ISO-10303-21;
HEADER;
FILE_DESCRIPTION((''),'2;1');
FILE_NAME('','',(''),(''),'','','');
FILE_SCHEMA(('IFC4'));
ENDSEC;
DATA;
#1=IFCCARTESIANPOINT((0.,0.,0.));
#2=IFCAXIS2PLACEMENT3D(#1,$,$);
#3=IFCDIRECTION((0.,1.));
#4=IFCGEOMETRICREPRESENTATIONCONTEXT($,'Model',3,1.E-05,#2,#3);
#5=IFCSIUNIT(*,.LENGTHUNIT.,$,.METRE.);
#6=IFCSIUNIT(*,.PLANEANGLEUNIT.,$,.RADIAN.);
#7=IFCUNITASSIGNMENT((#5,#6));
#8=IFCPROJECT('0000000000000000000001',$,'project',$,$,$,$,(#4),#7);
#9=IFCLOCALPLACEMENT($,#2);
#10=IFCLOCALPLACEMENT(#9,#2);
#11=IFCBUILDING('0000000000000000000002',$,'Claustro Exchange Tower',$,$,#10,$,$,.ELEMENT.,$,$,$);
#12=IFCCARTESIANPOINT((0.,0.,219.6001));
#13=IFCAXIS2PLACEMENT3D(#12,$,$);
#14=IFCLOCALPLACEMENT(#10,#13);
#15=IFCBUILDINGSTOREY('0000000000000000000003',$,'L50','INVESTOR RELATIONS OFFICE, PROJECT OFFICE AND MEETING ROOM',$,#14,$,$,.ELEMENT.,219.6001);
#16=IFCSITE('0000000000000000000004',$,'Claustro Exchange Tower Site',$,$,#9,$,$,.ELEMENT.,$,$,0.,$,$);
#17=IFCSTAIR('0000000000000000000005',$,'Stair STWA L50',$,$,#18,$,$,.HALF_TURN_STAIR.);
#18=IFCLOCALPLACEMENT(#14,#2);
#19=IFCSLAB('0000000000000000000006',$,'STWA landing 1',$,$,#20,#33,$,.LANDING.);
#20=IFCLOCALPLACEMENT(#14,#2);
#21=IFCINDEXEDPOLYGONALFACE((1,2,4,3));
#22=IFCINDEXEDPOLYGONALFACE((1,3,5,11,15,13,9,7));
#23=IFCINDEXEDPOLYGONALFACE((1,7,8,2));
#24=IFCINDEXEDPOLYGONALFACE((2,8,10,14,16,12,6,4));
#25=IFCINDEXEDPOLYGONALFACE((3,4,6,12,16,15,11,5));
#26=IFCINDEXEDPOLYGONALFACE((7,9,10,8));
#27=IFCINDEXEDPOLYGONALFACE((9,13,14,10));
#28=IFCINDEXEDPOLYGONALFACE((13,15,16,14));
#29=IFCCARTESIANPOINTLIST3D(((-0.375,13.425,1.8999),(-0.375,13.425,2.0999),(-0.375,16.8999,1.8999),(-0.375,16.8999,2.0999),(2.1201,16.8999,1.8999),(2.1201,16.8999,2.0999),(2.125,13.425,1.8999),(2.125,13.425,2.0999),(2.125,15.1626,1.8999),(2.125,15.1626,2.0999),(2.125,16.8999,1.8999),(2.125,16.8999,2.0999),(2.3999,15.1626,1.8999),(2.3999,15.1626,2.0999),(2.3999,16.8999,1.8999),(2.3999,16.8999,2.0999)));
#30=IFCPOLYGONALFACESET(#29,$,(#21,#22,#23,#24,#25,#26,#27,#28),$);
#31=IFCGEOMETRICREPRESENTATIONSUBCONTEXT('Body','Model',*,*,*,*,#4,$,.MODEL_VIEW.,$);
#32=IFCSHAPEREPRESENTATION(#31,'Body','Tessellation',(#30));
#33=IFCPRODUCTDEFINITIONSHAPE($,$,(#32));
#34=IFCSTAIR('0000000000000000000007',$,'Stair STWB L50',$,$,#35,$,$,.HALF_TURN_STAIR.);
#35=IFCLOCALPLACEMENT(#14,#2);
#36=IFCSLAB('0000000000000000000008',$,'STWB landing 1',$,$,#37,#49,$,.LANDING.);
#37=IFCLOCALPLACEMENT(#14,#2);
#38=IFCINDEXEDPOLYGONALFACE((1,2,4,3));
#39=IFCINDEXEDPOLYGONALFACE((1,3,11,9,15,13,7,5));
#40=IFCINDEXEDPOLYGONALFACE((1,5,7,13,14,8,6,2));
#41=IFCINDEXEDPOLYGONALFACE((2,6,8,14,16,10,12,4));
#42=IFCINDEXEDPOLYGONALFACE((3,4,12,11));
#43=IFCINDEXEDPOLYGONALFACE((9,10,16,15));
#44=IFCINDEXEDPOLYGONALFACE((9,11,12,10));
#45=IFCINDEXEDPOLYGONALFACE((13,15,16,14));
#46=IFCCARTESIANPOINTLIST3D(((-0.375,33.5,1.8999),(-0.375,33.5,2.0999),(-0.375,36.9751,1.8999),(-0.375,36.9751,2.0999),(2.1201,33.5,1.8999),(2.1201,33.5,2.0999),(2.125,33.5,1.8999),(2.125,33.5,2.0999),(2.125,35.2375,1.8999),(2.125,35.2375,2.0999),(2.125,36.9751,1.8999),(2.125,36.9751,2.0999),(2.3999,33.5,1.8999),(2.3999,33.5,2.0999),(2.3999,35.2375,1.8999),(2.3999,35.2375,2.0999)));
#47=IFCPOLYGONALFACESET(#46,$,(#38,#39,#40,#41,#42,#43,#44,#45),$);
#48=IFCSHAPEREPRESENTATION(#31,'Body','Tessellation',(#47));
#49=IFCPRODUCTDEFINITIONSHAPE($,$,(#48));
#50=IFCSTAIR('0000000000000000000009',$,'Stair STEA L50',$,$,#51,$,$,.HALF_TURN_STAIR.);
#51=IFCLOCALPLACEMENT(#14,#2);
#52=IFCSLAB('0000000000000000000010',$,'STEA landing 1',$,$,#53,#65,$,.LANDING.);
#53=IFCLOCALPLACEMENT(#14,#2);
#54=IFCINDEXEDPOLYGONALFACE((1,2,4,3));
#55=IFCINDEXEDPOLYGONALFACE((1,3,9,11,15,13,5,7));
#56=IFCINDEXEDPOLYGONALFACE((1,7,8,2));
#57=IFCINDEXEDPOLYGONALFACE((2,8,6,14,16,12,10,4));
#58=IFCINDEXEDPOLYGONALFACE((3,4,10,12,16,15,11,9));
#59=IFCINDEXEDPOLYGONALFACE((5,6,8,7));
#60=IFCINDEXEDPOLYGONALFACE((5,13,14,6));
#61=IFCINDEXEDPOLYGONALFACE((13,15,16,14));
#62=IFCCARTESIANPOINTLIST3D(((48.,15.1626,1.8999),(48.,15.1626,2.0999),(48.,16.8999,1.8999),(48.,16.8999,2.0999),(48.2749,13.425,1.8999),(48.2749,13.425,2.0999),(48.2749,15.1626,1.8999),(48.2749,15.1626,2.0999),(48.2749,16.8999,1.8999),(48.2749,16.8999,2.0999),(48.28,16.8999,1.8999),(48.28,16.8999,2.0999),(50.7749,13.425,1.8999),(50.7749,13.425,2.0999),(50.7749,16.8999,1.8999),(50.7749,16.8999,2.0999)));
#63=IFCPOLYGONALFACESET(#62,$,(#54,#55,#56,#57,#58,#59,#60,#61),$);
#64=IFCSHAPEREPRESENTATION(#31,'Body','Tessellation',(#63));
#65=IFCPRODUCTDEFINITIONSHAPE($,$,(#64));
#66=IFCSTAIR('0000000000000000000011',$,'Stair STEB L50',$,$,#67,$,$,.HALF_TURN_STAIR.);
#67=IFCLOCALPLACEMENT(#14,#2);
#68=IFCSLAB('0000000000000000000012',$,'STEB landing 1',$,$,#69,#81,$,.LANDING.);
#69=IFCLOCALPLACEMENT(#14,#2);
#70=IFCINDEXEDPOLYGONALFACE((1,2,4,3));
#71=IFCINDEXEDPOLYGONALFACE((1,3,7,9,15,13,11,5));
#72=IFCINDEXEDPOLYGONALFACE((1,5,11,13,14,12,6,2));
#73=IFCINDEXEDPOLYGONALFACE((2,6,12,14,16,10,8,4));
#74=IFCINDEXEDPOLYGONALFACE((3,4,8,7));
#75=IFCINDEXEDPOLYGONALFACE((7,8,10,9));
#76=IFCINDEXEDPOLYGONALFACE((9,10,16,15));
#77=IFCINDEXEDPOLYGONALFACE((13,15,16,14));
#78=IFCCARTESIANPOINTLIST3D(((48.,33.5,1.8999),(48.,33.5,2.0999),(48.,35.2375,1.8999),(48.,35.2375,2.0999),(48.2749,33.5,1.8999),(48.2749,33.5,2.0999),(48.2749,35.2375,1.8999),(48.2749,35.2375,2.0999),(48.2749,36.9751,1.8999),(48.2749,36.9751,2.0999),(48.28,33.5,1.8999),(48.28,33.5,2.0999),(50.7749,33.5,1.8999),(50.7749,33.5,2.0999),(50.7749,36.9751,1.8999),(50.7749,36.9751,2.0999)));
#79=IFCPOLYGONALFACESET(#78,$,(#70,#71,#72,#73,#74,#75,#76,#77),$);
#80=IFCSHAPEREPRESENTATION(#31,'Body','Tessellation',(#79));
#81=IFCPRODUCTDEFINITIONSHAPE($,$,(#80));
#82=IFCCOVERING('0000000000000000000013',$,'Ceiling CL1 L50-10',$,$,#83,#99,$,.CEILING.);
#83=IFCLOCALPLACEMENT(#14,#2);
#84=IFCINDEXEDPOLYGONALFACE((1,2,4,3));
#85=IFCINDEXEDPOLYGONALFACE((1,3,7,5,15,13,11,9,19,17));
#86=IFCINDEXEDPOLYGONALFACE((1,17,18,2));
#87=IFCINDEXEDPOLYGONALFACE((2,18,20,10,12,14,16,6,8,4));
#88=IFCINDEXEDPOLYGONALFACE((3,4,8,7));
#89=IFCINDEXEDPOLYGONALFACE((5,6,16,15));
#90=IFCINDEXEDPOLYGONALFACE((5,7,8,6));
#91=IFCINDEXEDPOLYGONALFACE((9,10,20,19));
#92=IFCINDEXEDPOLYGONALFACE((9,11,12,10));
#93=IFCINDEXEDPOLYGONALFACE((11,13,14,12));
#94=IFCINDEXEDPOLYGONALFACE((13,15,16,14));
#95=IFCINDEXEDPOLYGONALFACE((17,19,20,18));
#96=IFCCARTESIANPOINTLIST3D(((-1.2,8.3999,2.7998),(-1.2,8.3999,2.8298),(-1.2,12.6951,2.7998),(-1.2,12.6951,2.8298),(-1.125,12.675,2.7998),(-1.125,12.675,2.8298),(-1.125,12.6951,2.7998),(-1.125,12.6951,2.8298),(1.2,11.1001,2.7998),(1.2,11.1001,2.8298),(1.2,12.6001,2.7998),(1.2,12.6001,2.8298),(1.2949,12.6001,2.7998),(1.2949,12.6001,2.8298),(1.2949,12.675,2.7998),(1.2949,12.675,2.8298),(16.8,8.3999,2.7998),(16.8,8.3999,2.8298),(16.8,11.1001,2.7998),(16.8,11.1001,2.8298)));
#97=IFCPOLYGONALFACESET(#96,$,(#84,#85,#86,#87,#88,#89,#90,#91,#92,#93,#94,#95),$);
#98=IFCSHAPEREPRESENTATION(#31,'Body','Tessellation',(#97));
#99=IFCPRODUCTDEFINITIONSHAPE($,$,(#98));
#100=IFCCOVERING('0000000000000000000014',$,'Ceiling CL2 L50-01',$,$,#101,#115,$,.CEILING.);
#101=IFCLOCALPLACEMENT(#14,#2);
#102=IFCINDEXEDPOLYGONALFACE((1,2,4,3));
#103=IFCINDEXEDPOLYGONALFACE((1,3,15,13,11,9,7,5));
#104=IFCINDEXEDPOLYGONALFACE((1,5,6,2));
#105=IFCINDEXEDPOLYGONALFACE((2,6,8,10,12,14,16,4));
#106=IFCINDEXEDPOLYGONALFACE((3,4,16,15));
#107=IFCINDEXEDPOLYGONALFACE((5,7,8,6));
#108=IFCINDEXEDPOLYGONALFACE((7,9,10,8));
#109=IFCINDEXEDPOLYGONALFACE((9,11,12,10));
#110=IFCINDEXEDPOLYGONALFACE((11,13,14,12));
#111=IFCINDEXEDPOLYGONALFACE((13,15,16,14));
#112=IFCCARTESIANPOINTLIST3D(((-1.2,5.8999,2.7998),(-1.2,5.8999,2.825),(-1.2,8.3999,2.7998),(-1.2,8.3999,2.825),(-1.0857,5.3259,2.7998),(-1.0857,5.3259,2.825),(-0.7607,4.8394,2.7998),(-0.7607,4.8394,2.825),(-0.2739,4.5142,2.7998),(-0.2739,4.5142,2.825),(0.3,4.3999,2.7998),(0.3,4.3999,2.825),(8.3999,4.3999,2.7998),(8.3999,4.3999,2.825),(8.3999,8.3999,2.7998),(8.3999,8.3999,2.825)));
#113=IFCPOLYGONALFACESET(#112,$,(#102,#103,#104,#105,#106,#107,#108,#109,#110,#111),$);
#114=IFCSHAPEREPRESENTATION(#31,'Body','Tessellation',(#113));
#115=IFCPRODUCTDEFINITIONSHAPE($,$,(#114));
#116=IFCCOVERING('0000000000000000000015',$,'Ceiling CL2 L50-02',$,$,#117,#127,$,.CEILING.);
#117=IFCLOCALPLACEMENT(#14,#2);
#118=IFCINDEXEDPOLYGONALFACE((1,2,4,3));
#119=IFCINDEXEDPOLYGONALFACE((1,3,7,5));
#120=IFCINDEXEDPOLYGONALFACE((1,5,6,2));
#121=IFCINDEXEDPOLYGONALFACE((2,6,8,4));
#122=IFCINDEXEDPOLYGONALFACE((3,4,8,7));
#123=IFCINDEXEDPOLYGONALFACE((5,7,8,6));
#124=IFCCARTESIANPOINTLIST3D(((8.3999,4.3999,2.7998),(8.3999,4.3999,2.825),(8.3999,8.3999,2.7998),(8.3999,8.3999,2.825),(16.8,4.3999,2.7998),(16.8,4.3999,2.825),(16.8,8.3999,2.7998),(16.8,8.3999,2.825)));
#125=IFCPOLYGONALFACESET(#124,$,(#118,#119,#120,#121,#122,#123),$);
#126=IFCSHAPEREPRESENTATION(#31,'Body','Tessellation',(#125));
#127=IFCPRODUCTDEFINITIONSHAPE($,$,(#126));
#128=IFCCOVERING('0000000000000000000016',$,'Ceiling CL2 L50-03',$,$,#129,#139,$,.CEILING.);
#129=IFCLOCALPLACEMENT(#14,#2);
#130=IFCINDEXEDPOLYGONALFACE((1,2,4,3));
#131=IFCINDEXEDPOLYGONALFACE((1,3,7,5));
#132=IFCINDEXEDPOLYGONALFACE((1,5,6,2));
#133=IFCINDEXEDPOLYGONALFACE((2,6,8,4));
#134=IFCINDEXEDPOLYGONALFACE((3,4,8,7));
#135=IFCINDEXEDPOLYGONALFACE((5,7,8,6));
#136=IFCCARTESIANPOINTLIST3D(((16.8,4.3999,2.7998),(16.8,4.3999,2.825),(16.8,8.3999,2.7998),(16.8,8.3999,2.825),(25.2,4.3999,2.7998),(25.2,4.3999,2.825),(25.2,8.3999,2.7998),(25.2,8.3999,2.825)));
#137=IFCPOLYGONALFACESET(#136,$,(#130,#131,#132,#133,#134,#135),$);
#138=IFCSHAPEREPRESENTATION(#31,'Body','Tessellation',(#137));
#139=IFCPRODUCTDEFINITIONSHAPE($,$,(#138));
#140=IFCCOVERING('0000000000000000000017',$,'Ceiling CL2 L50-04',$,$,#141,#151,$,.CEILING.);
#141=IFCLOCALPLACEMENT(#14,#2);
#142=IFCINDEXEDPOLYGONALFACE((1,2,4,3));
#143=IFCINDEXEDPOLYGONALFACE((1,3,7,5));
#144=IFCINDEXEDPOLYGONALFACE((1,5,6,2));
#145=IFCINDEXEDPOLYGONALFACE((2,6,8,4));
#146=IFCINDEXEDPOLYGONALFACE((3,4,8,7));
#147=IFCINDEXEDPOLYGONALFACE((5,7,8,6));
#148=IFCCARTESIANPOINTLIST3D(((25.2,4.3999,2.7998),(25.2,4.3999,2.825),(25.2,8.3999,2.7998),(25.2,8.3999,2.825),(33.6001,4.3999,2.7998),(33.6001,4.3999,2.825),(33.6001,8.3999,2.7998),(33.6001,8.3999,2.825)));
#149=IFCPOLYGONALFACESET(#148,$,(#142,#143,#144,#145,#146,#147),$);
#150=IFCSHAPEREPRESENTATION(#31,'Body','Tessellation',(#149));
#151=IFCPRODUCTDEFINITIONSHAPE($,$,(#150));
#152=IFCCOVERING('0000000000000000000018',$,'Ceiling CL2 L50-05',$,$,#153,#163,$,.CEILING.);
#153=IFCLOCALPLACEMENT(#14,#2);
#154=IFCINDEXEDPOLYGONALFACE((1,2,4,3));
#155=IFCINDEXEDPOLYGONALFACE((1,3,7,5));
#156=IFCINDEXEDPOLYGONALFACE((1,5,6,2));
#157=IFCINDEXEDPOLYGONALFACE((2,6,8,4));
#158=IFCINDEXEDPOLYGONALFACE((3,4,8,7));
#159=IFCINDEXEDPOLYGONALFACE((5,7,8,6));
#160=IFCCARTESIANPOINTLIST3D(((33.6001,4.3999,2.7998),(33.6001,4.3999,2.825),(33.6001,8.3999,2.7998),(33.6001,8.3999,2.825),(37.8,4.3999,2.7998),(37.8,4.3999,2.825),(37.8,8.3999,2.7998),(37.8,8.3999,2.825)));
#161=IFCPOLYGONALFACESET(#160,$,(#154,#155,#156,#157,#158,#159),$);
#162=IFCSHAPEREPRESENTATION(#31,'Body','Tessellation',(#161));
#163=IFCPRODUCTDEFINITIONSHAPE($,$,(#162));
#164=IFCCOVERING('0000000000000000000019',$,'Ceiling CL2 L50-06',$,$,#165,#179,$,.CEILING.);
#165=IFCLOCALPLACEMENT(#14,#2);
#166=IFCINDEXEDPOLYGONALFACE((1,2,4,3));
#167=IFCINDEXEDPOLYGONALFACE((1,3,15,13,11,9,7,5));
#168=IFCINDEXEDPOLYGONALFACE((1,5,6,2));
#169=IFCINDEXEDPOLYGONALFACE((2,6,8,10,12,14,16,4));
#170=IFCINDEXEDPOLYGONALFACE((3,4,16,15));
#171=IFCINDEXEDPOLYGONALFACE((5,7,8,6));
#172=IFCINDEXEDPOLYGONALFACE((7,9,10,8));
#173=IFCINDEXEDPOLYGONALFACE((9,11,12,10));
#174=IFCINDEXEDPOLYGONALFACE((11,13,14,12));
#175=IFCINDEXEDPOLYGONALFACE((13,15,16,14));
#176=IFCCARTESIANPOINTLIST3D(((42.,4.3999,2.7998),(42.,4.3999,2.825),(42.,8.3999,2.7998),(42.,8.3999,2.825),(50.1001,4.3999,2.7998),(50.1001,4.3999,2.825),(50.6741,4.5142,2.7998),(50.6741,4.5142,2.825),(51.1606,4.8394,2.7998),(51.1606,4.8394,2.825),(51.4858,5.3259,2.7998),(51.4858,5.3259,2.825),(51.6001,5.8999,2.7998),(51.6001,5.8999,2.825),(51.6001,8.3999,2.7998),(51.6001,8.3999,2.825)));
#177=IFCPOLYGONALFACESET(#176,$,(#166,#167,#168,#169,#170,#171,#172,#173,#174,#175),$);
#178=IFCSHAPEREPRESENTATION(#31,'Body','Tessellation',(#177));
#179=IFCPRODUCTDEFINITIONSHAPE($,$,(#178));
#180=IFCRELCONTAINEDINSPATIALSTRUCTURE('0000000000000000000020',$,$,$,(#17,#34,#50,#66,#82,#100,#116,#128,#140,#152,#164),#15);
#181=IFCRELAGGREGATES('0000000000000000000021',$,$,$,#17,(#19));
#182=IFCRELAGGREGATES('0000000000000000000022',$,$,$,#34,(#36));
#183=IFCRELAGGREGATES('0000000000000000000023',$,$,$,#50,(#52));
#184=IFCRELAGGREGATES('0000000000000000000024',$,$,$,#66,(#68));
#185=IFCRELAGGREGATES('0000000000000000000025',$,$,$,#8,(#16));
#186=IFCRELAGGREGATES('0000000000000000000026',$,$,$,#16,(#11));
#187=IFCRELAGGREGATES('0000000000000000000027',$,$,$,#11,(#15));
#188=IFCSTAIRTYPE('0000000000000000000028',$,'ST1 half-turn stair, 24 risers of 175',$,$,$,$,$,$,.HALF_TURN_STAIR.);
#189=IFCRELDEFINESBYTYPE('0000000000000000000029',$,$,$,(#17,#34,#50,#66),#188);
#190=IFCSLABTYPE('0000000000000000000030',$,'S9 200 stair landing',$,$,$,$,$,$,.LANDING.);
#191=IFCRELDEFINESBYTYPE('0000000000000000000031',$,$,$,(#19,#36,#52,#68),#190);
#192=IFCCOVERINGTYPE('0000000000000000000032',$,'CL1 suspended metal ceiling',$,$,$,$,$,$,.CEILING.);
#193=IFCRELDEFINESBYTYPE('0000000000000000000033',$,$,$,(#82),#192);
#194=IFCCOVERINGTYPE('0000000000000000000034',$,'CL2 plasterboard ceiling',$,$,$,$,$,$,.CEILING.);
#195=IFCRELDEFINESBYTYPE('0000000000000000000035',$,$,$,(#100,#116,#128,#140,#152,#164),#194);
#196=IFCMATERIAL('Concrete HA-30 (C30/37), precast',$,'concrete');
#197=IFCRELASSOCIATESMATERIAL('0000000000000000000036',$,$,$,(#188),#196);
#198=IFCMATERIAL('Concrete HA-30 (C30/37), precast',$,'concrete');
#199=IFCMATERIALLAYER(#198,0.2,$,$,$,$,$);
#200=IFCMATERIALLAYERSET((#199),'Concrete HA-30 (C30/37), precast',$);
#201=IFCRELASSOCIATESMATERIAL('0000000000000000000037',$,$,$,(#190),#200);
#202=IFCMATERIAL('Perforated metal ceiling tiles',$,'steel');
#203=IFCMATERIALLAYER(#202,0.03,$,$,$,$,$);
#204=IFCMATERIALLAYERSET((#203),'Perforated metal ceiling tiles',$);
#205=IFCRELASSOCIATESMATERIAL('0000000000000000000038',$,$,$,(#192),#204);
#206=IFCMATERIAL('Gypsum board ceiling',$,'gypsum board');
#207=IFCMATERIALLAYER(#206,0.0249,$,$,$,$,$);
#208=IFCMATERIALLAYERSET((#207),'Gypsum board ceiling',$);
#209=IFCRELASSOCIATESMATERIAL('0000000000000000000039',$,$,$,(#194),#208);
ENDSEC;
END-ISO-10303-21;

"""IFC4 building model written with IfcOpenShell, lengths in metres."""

from ifc_helpers import new_model, si_unit, direction, frame, origin, place, context, subcontext, project, spatial, polyline, outline, extrude, material, layer, layer_set, type_object, element, aggregate, save


model = new_model("IFC4")

# Units and contexts
model_context = context("Model", 3, precision=1e-05, world=origin(), true_north=direction((0.0, 1.0)))
body_context = subcontext(model_context, "Body", "Model", "MODEL_VIEW")
ifc_project = project(units=[si_unit("LENGTHUNIT", "METRE"), si_unit("PLANEANGLEUNIT", "RADIAN")], contexts=[model_context])

# Site, building, storey
site_placement = place(None, origin())
site = spatial("IfcSite", under=ifc_project, at=site_placement, Name="Claustro Exchange Tower Site", CompositionType="ELEMENT", RefElevation=0.0)
building_placement = place(site_placement, origin())
building = spatial("IfcBuilding", under=site, at=building_placement, Name="Claustro Exchange Tower", CompositionType="ELEMENT")
storey_placement = place(building_placement, frame((0.0, 0.0, 219.6001)))
storey = spatial("IfcBuildingStorey", under=building, at=storey_placement, Name="L50", Description="INVESTOR RELATIONS OFFICE, PROJECT OFFICE AND MEETING ROOM", CompositionType="ELEMENT", Elevation=219.6001)

# Stairs, slabs
ifc_material_1 = material(Name="Concrete HA-30 (C30/37), precast", Category="concrete")
stair_type = type_object("IfcStairType", Name="ST1 half-turn stair, 24 risers of 175", PredefinedType="HALF_TURN_STAIR", material=ifc_material_1)
stair_1_placement = place(storey_placement, origin())
stair_1 = element("IfcStair", 1, at=stair_1_placement, inside=storey, type_object=stair_type, Name="Stair STWA L50", PredefinedType="HALF_TURN_STAIR")
ifc_material_2 = material(Name="Concrete HA-30 (C30/37), precast", Category="concrete")
ifc_layer_1 = layer(ifc_material_2, 0.2)
ifc_layer_set_1 = layer_set([ifc_layer_1], Name="Concrete HA-30 (C30/37), precast")
slab_type_1 = type_object("IfcSlabType", Name="S9 200 stair landing", PredefinedType="LANDING", material=ifc_layer_set_1)
slab_1_placement = place(storey_placement, frame((0.0, 0.0, 1.8999)))
slab_1 = element("IfcSlab", 2, at=slab_1_placement, type_object=slab_type_1, Name="STWA landing 1", PredefinedType="LANDING", context=body_context, shape_type="SweptSolid", body=[
    extrude(outline(polyline([(2.125, 13.425), (-0.375, 13.425), (-0.375, 16.8999), (2.1201, 16.8999), (2.125, 16.8999), (2.3999, 16.8999), (2.3999, 15.1626), (2.125, 15.1626), (2.125, 13.425)])), origin(), (0.0, 0.0, 1.0), 0.2),
])
aggregate(stair_1, [slab_1])
stair_2_placement = place(storey_placement, origin())
stair_2 = element("IfcStair", 3, at=stair_2_placement, inside=storey, type_object=stair_type, Name="Stair STWB L50", PredefinedType="HALF_TURN_STAIR")
slab_2_placement = place(storey_placement, frame((0.0, 0.0, 1.8999)))
slab_2 = element("IfcSlab", 4, at=slab_2_placement, type_object=slab_type_1, Name="STWB landing 1", PredefinedType="LANDING", context=body_context, shape_type="SweptSolid", body=[
    extrude(outline(polyline([(2.3999, 35.2375), (2.3999, 33.5), (2.125, 33.5), (2.1201, 33.5), (-0.375, 33.5), (-0.375, 36.9751), (2.125, 36.9751), (2.125, 35.2375), (2.3999, 35.2375)])), origin(), (0.0, 0.0, 1.0), 0.2),
])
aggregate(stair_2, [slab_2])
stair_3_placement = place(storey_placement, origin())
stair_3 = element("IfcStair", 5, at=stair_3_placement, inside=storey, type_object=stair_type, Name="Stair STEA L50", PredefinedType="HALF_TURN_STAIR")
slab_3_placement = place(storey_placement, frame((0.0, 0.0, 1.8999)))
slab_3 = element("IfcSlab", 6, at=slab_3_placement, type_object=slab_type_1, Name="STEA landing 1", PredefinedType="LANDING", context=body_context, shape_type="SweptSolid", body=[
    extrude(outline(polyline([(50.7749, 16.8999), (50.7749, 13.425), (48.2749, 13.425), (48.2749, 15.1626), (48.0, 15.1626), (48.0, 16.8999), (48.2749, 16.8999), (48.28, 16.8999), (50.7749, 16.8999)])), origin(), (0.0, 0.0, 1.0), 0.2),
])
aggregate(stair_3, [slab_3])
stair_4_placement = place(storey_placement, origin())
stair_4 = element("IfcStair", 7, at=stair_4_placement, inside=storey, type_object=stair_type, Name="Stair STEB L50", PredefinedType="HALF_TURN_STAIR")
slab_4_placement = place(storey_placement, frame((0.0, 0.0, 1.8999)))
slab_4 = element("IfcSlab", 8, at=slab_4_placement, type_object=slab_type_1, Name="STEB landing 1", PredefinedType="LANDING", context=body_context, shape_type="SweptSolid", body=[
    extrude(outline(polyline([(48.0, 33.5), (48.0, 35.2375), (48.2749, 35.2375), (48.2749, 36.9751), (50.7749, 36.9751), (50.7749, 33.5), (48.28, 33.5), (48.2749, 33.5), (48.0, 33.5)])), origin(), (0.0, 0.0, 1.0), 0.2),
])
aggregate(stair_4, [slab_4])

# Coverings
ifc_material_3 = material(Name="Perforated metal ceiling tiles", Category="steel")
ifc_layer_2 = layer(ifc_material_3, 0.03)
ifc_layer_set_2 = layer_set([ifc_layer_2], Name="Perforated metal ceiling tiles")
covering_type_1 = type_object("IfcCoveringType", Name="CL1 suspended metal ceiling", PredefinedType="CEILING", material=ifc_layer_set_2)
covering_1_placement = place(storey_placement, frame((0.0, 0.0, 2.7998)))
element("IfcCovering", 9, at=covering_1_placement, inside=storey, type_object=covering_type_1, Name="Ceiling CL1 L50-10", PredefinedType="CEILING", context=body_context, shape_type="SweptSolid", body=[
    extrude(outline(polyline([(1.2, 11.1001), (1.2, 12.6001), (1.2949, 12.6001), (1.2949, 12.675), (-1.125, 12.675), (-1.125, 12.6951), (-1.2, 12.6951), (-1.2, 8.3999), (16.8, 8.3999), (16.8, 11.1001), (1.2, 11.1001)])), origin(), (0.0, 0.0, 1.0), 0.03),
])
ifc_material_4 = material(Name="Gypsum board ceiling", Category="gypsum board")
ifc_layer_3 = layer(ifc_material_4, 0.0249)
ifc_layer_set_3 = layer_set([ifc_layer_3], Name="Gypsum board ceiling")
covering_type_2 = type_object("IfcCoveringType", Name="CL2 plasterboard ceiling", PredefinedType="CEILING", material=ifc_layer_set_3)
covering_2_placement = place(storey_placement, frame((0.0, 0.0, 2.7998)))
element("IfcCovering", 10, at=covering_2_placement, inside=storey, type_object=covering_type_2, Name="Ceiling CL2 L50-01", PredefinedType="CEILING", context=body_context, shape_type="SweptSolid", body=[
    extrude(outline(polyline([(-1.0857, 5.3259), (-0.7607, 4.8394), (-0.2739, 4.5142), (0.3, 4.3999), (8.3999, 4.3999), (8.3999, 8.3999), (-1.2, 8.3999), (-1.2, 5.8999), (-1.0857, 5.3259)])), origin(), (0.0, 0.0, 1.0), 0.0251),
])
covering_3_placement = place(storey_placement, frame((0.0, 0.0, 2.7998)))
element("IfcCovering", 11, at=covering_3_placement, inside=storey, type_object=covering_type_2, Name="Ceiling CL2 L50-02", PredefinedType="CEILING", context=body_context, shape_type="SweptSolid", body=[
    extrude(outline(polyline([(8.3999, 4.3999), (16.8, 4.3999), (16.8, 8.3999), (8.3999, 8.3999), (8.3999, 4.3999)])), origin(), (0.0, 0.0, 1.0), 0.0251),
])
covering_4_placement = place(storey_placement, frame((0.0, 0.0, 2.7998)))
element("IfcCovering", 12, at=covering_4_placement, inside=storey, type_object=covering_type_2, Name="Ceiling CL2 L50-03", PredefinedType="CEILING", context=body_context, shape_type="SweptSolid", body=[
    extrude(outline(polyline([(16.8, 4.3999), (25.2, 4.3999), (25.2, 8.3999), (16.8, 8.3999), (16.8, 4.3999)])), origin(), (0.0, 0.0, 1.0), 0.0251),
])
covering_5_placement = place(storey_placement, frame((0.0, 0.0, 2.7998)))
element("IfcCovering", 13, at=covering_5_placement, inside=storey, type_object=covering_type_2, Name="Ceiling CL2 L50-04", PredefinedType="CEILING", context=body_context, shape_type="SweptSolid", body=[
    extrude(outline(polyline([(25.2, 4.3999), (33.6001, 4.3999), (33.6001, 8.3999), (25.2, 8.3999), (25.2, 4.3999)])), origin(), (0.0, 0.0, 1.0), 0.0251),
])
covering_6_placement = place(storey_placement, frame((0.0, 0.0, 2.7998)))
element("IfcCovering", 14, at=covering_6_placement, inside=storey, type_object=covering_type_2, Name="Ceiling CL2 L50-05", PredefinedType="CEILING", context=body_context, shape_type="SweptSolid", body=[
    extrude(outline(polyline([(33.6001, 4.3999), (37.8, 4.3999), (37.8, 8.3999), (33.6001, 8.3999), (33.6001, 4.3999)])), origin(), (0.0, 0.0, 1.0), 0.0251),
])
covering_7_placement = place(storey_placement, frame((0.0, 0.0, 2.7998)))
element("IfcCovering", 15, at=covering_7_placement, inside=storey, type_object=covering_type_2, Name="Ceiling CL2 L50-06", PredefinedType="CEILING", context=body_context, shape_type="SweptSolid", body=[
    extrude(outline(polyline([(51.6001, 5.8999), (51.6001, 8.3999), (42.0, 8.3999), (42.0, 4.3999), (50.1001, 4.3999), (50.6741, 4.5142), (51.1606, 4.8394), (51.4858, 5.3259), (51.6001, 5.8999)])), origin(), (0.0, 0.0, 1.0), 0.0251),
])

save(model, "model.ifc")
